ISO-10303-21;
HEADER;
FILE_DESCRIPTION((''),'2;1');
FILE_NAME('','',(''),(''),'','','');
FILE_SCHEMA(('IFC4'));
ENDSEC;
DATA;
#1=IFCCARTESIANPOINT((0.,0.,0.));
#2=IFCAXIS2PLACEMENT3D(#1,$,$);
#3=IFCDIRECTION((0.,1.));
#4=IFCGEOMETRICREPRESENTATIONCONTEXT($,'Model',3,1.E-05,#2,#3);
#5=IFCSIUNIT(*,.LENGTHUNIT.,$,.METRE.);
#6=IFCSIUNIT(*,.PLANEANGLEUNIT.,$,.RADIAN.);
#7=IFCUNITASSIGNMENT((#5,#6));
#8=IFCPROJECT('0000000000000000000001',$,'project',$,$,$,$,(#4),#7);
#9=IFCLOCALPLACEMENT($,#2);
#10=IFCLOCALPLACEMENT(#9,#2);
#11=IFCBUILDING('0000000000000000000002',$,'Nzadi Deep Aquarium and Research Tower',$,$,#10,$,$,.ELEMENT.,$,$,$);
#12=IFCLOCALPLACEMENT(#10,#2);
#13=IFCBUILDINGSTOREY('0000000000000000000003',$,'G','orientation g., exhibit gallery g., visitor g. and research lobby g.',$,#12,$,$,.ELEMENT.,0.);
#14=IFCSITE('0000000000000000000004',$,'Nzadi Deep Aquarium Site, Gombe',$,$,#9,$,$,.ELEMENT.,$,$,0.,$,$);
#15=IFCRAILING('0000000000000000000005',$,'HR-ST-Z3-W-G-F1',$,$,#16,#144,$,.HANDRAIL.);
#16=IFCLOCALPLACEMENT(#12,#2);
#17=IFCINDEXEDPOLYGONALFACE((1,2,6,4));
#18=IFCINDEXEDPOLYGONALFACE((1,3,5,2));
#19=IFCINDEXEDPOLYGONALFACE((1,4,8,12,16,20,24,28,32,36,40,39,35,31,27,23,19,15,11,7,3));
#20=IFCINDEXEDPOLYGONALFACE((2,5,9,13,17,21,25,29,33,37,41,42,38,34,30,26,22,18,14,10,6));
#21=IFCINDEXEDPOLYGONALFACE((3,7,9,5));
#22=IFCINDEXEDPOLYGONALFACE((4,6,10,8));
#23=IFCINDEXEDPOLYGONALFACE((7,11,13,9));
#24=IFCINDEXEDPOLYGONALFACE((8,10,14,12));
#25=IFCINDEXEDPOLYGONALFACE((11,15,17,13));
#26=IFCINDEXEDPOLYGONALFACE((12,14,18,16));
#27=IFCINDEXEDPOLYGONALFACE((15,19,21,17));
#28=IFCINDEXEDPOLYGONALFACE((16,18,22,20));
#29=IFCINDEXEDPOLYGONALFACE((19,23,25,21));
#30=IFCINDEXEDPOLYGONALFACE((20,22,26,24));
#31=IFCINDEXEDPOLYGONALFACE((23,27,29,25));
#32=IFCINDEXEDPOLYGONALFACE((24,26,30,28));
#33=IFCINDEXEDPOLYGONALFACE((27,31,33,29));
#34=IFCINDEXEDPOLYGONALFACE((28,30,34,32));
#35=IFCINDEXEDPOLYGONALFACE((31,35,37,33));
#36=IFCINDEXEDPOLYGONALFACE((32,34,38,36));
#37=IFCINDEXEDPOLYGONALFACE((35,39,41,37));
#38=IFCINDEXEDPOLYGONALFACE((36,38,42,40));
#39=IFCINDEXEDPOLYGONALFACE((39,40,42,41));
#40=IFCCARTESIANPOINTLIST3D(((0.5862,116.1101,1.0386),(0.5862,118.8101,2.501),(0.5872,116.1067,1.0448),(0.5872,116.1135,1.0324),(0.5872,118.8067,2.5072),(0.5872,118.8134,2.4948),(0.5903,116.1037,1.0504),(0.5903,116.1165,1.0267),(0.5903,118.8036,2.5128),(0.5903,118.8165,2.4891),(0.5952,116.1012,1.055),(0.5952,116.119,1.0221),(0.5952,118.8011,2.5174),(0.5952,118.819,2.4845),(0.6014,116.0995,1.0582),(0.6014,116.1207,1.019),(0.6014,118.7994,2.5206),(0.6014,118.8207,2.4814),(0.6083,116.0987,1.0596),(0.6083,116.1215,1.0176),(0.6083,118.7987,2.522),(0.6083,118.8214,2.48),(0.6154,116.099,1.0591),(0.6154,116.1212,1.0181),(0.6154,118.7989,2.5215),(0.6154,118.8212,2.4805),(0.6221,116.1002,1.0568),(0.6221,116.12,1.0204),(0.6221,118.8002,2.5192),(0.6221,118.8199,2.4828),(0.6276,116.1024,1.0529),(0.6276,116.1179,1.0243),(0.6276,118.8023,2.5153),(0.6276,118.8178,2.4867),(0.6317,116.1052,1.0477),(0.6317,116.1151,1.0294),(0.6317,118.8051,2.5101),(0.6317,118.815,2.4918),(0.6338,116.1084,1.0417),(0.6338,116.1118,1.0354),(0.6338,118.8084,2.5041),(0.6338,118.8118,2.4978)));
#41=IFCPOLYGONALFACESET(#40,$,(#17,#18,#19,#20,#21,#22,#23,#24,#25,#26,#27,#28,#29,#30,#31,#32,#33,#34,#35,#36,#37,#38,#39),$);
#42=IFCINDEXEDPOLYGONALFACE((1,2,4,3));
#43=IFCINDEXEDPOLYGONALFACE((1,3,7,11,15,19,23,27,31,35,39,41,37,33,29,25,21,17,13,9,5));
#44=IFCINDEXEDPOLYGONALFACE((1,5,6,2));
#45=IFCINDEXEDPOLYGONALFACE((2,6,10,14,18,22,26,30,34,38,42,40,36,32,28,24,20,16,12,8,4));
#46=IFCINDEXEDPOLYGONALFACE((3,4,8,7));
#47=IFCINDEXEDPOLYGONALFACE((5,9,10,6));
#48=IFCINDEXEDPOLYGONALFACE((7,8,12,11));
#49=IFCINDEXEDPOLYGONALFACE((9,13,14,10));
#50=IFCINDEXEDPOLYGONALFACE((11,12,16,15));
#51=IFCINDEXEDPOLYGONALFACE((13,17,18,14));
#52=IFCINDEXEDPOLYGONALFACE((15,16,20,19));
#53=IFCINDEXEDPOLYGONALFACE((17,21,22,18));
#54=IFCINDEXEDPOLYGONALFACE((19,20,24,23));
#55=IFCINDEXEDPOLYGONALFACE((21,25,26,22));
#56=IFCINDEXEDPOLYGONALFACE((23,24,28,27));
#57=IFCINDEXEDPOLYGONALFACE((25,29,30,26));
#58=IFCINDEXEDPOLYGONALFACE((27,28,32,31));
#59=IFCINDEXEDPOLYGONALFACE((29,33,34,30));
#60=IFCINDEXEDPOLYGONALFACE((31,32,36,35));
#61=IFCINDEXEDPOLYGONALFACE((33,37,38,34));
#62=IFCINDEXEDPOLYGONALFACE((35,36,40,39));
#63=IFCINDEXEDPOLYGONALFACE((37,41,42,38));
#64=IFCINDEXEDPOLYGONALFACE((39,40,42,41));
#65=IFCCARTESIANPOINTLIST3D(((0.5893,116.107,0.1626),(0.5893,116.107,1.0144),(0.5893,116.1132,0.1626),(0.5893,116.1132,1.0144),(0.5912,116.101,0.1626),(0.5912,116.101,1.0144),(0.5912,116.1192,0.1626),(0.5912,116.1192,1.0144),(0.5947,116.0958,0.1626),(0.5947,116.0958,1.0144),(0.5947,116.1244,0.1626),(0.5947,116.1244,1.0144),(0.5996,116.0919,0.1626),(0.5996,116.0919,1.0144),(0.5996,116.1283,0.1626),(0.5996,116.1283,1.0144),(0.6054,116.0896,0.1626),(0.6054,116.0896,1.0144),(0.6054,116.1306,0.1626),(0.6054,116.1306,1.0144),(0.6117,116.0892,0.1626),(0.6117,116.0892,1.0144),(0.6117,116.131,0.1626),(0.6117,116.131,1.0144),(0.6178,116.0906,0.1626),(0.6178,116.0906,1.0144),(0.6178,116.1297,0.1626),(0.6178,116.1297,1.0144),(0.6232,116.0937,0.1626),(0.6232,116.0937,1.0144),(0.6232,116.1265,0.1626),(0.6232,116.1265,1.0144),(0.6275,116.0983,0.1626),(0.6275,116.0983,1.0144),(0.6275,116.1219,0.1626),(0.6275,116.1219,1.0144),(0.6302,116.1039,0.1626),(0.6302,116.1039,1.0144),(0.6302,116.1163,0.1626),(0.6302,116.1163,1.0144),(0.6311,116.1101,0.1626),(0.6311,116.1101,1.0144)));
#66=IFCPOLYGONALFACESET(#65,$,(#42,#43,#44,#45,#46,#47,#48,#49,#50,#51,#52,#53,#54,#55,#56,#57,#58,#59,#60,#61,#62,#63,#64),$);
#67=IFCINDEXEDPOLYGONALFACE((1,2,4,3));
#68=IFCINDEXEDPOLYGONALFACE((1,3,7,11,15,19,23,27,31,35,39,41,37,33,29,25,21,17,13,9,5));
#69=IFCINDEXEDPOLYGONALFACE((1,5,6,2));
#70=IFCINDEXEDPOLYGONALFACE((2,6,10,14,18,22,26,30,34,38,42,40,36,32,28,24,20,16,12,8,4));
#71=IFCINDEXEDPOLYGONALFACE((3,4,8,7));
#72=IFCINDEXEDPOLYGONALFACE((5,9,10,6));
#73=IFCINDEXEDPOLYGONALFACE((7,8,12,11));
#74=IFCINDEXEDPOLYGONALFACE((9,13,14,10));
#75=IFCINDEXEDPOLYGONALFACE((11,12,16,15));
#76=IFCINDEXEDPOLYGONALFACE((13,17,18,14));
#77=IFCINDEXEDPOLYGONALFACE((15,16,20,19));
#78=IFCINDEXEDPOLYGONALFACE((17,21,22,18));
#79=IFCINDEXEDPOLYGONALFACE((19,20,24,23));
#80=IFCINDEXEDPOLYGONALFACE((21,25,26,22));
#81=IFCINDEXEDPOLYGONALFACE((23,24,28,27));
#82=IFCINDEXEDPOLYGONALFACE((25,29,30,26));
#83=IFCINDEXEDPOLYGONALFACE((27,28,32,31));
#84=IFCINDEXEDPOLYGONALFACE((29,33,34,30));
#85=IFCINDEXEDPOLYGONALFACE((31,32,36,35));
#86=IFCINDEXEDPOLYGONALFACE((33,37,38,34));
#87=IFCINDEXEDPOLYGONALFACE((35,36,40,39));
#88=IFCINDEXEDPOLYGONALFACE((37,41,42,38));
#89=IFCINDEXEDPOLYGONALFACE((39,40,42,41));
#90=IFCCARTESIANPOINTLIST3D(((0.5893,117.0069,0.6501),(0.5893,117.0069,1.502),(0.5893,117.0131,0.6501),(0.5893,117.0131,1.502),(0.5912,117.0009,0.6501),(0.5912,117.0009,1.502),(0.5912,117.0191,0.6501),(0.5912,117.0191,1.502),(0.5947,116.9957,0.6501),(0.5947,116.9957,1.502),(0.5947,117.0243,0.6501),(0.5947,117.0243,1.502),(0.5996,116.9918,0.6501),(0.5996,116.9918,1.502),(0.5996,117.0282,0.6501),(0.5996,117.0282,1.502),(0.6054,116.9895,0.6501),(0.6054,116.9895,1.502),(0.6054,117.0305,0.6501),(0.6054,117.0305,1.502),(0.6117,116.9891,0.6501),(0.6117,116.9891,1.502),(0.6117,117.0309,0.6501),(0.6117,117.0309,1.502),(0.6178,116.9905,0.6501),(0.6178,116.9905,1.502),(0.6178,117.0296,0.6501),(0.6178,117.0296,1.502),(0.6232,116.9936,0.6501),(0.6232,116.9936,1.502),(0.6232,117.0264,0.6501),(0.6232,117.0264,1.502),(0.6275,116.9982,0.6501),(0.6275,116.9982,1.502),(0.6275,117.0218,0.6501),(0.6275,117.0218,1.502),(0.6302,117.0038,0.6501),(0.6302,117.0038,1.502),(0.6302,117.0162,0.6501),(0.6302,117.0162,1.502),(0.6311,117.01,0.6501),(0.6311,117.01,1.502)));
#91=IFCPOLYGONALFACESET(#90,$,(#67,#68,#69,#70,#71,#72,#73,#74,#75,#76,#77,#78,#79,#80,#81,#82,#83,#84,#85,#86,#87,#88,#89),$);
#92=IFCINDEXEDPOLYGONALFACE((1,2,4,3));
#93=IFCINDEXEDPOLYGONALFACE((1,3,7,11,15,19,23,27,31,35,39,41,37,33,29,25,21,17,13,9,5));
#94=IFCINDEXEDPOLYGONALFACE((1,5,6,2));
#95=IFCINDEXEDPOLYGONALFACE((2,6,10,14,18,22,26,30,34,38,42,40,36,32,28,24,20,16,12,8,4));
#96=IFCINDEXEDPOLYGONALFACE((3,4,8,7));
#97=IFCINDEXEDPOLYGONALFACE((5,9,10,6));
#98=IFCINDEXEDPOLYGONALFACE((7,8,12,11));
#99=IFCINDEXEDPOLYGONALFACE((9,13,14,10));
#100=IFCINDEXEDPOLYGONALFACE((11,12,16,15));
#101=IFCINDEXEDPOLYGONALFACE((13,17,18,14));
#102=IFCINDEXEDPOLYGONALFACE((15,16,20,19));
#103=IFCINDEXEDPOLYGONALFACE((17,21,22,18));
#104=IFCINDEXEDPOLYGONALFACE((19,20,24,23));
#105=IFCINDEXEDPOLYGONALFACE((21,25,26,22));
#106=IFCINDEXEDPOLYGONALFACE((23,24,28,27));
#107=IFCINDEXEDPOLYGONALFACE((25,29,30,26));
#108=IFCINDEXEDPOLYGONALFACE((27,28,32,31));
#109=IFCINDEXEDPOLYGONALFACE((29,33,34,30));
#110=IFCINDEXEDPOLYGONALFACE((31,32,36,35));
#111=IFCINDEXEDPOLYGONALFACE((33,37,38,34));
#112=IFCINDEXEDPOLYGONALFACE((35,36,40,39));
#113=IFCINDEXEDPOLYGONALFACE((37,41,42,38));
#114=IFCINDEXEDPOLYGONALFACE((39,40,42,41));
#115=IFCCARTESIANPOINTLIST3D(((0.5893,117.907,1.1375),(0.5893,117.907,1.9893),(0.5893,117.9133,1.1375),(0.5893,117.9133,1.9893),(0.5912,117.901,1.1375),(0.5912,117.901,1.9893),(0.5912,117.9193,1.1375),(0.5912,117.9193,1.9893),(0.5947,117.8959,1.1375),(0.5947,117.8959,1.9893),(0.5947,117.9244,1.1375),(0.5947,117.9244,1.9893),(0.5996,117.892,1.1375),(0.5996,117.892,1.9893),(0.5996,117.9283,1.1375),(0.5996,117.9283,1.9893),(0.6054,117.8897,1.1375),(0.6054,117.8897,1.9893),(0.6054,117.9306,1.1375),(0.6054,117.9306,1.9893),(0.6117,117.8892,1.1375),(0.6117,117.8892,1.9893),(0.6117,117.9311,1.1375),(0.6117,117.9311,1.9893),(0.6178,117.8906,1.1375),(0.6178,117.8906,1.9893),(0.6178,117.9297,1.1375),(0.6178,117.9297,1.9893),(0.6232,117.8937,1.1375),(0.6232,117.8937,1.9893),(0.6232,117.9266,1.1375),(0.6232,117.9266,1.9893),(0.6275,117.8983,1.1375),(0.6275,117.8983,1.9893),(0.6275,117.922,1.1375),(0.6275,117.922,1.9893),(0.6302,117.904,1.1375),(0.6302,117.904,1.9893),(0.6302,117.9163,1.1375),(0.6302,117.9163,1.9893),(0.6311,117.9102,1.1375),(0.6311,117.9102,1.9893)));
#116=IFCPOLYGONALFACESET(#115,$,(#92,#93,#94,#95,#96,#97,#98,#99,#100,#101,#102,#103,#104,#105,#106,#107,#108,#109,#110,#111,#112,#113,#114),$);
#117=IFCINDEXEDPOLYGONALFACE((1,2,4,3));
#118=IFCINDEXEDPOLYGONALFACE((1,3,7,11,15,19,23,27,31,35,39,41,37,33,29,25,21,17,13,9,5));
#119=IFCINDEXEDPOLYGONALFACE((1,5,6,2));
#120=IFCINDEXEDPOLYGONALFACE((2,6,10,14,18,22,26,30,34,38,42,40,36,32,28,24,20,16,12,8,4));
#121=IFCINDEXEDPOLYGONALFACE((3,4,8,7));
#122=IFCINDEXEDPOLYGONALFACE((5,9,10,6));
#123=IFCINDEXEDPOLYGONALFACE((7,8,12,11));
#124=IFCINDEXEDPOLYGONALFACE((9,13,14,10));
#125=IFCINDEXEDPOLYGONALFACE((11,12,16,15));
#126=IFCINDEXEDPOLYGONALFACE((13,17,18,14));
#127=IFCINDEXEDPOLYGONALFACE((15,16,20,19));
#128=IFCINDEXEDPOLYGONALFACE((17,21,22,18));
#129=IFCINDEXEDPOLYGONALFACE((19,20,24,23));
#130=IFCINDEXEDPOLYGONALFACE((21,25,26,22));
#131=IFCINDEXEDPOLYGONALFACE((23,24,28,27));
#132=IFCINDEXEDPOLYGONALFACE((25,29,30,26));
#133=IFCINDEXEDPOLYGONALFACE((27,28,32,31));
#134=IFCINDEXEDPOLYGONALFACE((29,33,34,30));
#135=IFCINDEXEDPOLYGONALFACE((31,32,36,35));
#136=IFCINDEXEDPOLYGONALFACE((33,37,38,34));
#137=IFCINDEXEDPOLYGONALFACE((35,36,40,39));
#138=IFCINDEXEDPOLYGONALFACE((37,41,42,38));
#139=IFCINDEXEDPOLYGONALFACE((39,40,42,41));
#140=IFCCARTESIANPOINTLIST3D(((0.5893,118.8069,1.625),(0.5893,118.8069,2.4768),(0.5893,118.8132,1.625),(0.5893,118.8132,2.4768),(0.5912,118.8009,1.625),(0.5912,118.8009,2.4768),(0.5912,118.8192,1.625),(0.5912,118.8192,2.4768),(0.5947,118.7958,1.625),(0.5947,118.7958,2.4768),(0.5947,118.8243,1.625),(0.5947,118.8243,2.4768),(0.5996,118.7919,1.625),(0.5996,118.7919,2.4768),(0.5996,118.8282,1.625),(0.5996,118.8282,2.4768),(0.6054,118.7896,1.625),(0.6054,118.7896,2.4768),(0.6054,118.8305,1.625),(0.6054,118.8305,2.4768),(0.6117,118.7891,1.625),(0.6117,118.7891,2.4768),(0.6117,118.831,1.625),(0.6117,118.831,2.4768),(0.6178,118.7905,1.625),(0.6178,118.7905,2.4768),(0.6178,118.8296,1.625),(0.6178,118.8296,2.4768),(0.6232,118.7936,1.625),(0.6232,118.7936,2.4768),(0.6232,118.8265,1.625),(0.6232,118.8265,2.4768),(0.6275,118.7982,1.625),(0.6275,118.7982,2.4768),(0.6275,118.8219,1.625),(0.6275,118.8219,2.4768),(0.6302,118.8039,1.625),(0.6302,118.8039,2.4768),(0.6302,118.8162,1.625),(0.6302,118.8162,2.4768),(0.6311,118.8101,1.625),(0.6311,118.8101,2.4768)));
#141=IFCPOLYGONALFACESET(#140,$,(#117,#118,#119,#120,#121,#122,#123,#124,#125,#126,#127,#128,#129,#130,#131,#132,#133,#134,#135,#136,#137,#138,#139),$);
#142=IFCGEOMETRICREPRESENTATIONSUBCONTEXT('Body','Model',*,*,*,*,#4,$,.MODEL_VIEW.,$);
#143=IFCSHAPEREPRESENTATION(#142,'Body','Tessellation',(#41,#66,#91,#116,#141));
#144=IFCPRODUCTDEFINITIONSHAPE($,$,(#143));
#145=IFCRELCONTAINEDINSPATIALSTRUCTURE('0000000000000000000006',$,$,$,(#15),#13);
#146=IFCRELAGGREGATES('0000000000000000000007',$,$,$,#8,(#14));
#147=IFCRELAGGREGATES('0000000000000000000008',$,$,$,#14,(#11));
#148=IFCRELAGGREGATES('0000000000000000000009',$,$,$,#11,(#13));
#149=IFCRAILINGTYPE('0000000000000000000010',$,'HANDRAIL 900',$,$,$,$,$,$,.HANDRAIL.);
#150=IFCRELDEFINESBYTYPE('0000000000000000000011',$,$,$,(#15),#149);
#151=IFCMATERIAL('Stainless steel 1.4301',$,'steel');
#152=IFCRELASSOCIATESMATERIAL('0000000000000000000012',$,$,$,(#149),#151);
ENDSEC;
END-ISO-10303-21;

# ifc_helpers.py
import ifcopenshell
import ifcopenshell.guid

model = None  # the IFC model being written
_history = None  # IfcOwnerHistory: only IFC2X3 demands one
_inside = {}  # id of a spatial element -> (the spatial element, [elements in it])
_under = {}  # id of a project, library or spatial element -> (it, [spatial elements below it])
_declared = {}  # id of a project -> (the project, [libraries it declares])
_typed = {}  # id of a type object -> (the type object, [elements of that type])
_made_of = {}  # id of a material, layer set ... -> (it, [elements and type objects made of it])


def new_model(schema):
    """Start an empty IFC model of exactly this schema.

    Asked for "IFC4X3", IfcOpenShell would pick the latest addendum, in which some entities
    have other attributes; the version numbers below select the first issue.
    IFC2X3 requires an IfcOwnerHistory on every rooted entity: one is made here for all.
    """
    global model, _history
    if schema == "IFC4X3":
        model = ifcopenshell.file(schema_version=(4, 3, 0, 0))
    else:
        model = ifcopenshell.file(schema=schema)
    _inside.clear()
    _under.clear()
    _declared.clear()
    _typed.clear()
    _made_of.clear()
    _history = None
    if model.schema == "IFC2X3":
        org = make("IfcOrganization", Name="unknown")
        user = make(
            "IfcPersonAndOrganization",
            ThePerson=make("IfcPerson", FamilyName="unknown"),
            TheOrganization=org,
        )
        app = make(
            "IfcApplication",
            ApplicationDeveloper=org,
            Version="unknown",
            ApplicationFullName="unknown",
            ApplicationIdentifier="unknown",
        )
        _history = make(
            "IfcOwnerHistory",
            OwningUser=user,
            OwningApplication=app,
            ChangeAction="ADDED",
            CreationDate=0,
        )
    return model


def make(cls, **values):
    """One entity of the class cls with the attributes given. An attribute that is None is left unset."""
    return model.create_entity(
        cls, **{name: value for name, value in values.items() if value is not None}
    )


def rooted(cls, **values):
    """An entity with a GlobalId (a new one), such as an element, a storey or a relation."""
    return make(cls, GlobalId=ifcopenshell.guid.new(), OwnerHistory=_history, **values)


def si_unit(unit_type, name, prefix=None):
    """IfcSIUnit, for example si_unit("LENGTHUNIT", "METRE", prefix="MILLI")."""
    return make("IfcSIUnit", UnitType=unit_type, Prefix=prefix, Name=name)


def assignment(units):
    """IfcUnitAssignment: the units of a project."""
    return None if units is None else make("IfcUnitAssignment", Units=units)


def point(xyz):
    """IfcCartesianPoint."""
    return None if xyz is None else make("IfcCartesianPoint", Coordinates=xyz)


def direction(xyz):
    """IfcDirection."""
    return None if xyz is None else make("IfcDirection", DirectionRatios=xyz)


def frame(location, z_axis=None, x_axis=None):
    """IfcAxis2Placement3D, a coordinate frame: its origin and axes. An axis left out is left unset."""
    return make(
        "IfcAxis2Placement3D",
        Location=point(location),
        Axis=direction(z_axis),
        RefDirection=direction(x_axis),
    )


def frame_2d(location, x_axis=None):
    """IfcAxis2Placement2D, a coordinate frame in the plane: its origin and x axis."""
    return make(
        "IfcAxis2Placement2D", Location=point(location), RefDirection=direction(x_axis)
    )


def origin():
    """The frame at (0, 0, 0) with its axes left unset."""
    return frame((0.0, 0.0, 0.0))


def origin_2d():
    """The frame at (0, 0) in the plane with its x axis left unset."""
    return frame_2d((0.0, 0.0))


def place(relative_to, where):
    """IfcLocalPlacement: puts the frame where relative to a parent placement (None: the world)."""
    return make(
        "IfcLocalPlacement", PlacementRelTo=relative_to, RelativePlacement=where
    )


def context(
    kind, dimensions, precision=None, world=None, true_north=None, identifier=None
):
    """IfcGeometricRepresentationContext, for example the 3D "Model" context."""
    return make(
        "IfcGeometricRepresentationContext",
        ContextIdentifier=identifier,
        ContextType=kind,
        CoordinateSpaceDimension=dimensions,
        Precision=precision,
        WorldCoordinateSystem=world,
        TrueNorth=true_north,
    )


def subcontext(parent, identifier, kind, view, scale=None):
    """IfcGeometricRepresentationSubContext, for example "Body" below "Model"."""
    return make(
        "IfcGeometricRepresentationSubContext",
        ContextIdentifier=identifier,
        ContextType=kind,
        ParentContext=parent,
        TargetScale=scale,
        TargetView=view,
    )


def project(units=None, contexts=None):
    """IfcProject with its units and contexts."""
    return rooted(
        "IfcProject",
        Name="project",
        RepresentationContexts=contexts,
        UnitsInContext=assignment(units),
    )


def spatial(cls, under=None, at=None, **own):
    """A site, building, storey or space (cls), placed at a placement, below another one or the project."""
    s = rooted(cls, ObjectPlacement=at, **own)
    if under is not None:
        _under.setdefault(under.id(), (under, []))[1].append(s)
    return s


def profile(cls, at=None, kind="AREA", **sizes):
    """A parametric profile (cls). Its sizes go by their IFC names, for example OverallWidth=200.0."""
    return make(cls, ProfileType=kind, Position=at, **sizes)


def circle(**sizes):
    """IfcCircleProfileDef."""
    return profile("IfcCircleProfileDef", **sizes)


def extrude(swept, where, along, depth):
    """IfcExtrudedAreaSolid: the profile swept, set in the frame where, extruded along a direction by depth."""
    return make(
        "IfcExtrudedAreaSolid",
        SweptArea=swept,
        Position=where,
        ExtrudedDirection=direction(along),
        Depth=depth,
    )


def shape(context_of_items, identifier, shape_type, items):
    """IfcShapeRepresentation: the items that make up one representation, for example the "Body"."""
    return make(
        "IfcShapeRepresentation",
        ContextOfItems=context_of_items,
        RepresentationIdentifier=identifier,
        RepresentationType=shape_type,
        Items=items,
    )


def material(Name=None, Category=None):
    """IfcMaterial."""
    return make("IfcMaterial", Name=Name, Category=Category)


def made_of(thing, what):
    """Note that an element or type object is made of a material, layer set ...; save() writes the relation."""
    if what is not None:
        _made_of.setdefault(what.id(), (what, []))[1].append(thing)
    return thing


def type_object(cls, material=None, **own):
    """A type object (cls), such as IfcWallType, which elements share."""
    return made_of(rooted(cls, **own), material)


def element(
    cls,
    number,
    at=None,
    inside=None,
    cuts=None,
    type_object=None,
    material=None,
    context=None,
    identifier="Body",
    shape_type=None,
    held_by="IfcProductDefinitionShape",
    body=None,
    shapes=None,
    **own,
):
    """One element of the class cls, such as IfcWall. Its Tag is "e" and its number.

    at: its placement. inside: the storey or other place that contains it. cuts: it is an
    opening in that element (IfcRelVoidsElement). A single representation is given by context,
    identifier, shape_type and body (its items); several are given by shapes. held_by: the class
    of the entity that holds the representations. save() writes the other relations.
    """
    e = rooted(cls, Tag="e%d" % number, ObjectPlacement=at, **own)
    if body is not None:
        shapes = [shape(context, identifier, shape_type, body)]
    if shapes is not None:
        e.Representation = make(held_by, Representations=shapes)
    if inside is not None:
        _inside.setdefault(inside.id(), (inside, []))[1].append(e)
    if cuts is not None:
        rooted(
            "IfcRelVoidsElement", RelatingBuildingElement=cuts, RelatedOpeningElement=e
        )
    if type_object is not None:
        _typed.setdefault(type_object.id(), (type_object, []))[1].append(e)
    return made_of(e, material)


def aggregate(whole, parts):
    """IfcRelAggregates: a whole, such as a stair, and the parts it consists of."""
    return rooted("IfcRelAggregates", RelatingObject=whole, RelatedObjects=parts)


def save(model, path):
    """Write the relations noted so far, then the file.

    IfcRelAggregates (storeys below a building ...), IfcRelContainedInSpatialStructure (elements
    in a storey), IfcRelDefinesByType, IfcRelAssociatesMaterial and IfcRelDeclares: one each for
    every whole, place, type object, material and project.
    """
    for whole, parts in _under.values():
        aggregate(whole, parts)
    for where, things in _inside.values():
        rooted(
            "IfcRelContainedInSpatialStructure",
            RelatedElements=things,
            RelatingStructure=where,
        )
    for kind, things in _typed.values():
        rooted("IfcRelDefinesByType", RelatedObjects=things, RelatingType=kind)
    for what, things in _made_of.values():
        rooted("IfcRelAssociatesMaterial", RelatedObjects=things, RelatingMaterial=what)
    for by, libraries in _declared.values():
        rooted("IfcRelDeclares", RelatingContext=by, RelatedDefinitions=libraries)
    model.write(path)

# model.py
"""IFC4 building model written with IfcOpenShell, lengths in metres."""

from ifc_helpers import new_model, si_unit, direction, frame, origin, origin_2d, place, context, subcontext, project, spatial, circle, extrude, material, type_object, element, save


model = new_model("IFC4")

# Units and contexts
model_context = context("Model", 3, precision=1e-05, world=origin(), true_north=direction((0.0, 1.0)))
body_context = subcontext(model_context, "Body", "Model", "MODEL_VIEW")
ifc_project = project(units=[si_unit("LENGTHUNIT", "METRE"), si_unit("PLANEANGLEUNIT", "RADIAN")], contexts=[model_context])

# Site, building, storey
site_placement = place(None, origin())
site = spatial("IfcSite", under=ifc_project, at=site_placement, Name="Nzadi Deep Aquarium Site, Gombe", CompositionType="ELEMENT", RefElevation=0.0)
building_placement = place(site_placement, origin())
building = spatial("IfcBuilding", under=site, at=building_placement, Name="Nzadi Deep Aquarium and Research Tower", CompositionType="ELEMENT")
storey_placement = place(building_placement, origin())
storey = spatial("IfcBuildingStorey", under=building, at=storey_placement, Name="G", Description="orientation g., exhibit gallery g., visitor g. and research lobby g.", CompositionType="ELEMENT", Elevation=0.0)

# Railing
ifc_material_1 = material(Name="Stainless steel 1.4301", Category="steel")
railing_type = type_object("IfcRailingType", Name="HANDRAIL 900", PredefinedType="HANDRAIL", material=ifc_material_1)
for number, where, name in (
    (1, (0.6101, 116.1101, 0.1626), "HR-ST-Z3-W-G-F1"),
):
    element("IfcRailing", number, at=place(storey_placement, frame(where)), inside=storey, type_object=railing_type, Name=name, PredefinedType="HANDRAIL", context=body_context, shape_type="SweptSolid", body=[
        extrude(circle(Radius=0.0239, at=origin_2d()), frame((0.0, 0.0, 0.876), z_axis=(0.0, 0.879302, 0.476265), x_axis=(-1.0, 0.0, 0.0)), (0.0, 0.0, 1.0), 3.0706),
        extrude(circle(Radius=0.021, at=origin_2d()), origin(), (0.0, 0.0, 1.0), 0.8518),
        extrude(circle(Radius=0.021, at=origin_2d()), frame((0.0, 0.8999, 0.4875)), (0.0, 0.0, 1.0), 0.8518),
        extrude(circle(Radius=0.021, at=origin_2d()), frame((0.0, 1.8, 0.9749)), (0.0, 0.0, 1.0), 0.8518),
        extrude(circle(Radius=0.021, at=origin_2d()), frame((0.0, 2.7, 1.4624)), (0.0, 0.0, 1.0), 0.8518),
    ])

save(model, "model.ifc")
